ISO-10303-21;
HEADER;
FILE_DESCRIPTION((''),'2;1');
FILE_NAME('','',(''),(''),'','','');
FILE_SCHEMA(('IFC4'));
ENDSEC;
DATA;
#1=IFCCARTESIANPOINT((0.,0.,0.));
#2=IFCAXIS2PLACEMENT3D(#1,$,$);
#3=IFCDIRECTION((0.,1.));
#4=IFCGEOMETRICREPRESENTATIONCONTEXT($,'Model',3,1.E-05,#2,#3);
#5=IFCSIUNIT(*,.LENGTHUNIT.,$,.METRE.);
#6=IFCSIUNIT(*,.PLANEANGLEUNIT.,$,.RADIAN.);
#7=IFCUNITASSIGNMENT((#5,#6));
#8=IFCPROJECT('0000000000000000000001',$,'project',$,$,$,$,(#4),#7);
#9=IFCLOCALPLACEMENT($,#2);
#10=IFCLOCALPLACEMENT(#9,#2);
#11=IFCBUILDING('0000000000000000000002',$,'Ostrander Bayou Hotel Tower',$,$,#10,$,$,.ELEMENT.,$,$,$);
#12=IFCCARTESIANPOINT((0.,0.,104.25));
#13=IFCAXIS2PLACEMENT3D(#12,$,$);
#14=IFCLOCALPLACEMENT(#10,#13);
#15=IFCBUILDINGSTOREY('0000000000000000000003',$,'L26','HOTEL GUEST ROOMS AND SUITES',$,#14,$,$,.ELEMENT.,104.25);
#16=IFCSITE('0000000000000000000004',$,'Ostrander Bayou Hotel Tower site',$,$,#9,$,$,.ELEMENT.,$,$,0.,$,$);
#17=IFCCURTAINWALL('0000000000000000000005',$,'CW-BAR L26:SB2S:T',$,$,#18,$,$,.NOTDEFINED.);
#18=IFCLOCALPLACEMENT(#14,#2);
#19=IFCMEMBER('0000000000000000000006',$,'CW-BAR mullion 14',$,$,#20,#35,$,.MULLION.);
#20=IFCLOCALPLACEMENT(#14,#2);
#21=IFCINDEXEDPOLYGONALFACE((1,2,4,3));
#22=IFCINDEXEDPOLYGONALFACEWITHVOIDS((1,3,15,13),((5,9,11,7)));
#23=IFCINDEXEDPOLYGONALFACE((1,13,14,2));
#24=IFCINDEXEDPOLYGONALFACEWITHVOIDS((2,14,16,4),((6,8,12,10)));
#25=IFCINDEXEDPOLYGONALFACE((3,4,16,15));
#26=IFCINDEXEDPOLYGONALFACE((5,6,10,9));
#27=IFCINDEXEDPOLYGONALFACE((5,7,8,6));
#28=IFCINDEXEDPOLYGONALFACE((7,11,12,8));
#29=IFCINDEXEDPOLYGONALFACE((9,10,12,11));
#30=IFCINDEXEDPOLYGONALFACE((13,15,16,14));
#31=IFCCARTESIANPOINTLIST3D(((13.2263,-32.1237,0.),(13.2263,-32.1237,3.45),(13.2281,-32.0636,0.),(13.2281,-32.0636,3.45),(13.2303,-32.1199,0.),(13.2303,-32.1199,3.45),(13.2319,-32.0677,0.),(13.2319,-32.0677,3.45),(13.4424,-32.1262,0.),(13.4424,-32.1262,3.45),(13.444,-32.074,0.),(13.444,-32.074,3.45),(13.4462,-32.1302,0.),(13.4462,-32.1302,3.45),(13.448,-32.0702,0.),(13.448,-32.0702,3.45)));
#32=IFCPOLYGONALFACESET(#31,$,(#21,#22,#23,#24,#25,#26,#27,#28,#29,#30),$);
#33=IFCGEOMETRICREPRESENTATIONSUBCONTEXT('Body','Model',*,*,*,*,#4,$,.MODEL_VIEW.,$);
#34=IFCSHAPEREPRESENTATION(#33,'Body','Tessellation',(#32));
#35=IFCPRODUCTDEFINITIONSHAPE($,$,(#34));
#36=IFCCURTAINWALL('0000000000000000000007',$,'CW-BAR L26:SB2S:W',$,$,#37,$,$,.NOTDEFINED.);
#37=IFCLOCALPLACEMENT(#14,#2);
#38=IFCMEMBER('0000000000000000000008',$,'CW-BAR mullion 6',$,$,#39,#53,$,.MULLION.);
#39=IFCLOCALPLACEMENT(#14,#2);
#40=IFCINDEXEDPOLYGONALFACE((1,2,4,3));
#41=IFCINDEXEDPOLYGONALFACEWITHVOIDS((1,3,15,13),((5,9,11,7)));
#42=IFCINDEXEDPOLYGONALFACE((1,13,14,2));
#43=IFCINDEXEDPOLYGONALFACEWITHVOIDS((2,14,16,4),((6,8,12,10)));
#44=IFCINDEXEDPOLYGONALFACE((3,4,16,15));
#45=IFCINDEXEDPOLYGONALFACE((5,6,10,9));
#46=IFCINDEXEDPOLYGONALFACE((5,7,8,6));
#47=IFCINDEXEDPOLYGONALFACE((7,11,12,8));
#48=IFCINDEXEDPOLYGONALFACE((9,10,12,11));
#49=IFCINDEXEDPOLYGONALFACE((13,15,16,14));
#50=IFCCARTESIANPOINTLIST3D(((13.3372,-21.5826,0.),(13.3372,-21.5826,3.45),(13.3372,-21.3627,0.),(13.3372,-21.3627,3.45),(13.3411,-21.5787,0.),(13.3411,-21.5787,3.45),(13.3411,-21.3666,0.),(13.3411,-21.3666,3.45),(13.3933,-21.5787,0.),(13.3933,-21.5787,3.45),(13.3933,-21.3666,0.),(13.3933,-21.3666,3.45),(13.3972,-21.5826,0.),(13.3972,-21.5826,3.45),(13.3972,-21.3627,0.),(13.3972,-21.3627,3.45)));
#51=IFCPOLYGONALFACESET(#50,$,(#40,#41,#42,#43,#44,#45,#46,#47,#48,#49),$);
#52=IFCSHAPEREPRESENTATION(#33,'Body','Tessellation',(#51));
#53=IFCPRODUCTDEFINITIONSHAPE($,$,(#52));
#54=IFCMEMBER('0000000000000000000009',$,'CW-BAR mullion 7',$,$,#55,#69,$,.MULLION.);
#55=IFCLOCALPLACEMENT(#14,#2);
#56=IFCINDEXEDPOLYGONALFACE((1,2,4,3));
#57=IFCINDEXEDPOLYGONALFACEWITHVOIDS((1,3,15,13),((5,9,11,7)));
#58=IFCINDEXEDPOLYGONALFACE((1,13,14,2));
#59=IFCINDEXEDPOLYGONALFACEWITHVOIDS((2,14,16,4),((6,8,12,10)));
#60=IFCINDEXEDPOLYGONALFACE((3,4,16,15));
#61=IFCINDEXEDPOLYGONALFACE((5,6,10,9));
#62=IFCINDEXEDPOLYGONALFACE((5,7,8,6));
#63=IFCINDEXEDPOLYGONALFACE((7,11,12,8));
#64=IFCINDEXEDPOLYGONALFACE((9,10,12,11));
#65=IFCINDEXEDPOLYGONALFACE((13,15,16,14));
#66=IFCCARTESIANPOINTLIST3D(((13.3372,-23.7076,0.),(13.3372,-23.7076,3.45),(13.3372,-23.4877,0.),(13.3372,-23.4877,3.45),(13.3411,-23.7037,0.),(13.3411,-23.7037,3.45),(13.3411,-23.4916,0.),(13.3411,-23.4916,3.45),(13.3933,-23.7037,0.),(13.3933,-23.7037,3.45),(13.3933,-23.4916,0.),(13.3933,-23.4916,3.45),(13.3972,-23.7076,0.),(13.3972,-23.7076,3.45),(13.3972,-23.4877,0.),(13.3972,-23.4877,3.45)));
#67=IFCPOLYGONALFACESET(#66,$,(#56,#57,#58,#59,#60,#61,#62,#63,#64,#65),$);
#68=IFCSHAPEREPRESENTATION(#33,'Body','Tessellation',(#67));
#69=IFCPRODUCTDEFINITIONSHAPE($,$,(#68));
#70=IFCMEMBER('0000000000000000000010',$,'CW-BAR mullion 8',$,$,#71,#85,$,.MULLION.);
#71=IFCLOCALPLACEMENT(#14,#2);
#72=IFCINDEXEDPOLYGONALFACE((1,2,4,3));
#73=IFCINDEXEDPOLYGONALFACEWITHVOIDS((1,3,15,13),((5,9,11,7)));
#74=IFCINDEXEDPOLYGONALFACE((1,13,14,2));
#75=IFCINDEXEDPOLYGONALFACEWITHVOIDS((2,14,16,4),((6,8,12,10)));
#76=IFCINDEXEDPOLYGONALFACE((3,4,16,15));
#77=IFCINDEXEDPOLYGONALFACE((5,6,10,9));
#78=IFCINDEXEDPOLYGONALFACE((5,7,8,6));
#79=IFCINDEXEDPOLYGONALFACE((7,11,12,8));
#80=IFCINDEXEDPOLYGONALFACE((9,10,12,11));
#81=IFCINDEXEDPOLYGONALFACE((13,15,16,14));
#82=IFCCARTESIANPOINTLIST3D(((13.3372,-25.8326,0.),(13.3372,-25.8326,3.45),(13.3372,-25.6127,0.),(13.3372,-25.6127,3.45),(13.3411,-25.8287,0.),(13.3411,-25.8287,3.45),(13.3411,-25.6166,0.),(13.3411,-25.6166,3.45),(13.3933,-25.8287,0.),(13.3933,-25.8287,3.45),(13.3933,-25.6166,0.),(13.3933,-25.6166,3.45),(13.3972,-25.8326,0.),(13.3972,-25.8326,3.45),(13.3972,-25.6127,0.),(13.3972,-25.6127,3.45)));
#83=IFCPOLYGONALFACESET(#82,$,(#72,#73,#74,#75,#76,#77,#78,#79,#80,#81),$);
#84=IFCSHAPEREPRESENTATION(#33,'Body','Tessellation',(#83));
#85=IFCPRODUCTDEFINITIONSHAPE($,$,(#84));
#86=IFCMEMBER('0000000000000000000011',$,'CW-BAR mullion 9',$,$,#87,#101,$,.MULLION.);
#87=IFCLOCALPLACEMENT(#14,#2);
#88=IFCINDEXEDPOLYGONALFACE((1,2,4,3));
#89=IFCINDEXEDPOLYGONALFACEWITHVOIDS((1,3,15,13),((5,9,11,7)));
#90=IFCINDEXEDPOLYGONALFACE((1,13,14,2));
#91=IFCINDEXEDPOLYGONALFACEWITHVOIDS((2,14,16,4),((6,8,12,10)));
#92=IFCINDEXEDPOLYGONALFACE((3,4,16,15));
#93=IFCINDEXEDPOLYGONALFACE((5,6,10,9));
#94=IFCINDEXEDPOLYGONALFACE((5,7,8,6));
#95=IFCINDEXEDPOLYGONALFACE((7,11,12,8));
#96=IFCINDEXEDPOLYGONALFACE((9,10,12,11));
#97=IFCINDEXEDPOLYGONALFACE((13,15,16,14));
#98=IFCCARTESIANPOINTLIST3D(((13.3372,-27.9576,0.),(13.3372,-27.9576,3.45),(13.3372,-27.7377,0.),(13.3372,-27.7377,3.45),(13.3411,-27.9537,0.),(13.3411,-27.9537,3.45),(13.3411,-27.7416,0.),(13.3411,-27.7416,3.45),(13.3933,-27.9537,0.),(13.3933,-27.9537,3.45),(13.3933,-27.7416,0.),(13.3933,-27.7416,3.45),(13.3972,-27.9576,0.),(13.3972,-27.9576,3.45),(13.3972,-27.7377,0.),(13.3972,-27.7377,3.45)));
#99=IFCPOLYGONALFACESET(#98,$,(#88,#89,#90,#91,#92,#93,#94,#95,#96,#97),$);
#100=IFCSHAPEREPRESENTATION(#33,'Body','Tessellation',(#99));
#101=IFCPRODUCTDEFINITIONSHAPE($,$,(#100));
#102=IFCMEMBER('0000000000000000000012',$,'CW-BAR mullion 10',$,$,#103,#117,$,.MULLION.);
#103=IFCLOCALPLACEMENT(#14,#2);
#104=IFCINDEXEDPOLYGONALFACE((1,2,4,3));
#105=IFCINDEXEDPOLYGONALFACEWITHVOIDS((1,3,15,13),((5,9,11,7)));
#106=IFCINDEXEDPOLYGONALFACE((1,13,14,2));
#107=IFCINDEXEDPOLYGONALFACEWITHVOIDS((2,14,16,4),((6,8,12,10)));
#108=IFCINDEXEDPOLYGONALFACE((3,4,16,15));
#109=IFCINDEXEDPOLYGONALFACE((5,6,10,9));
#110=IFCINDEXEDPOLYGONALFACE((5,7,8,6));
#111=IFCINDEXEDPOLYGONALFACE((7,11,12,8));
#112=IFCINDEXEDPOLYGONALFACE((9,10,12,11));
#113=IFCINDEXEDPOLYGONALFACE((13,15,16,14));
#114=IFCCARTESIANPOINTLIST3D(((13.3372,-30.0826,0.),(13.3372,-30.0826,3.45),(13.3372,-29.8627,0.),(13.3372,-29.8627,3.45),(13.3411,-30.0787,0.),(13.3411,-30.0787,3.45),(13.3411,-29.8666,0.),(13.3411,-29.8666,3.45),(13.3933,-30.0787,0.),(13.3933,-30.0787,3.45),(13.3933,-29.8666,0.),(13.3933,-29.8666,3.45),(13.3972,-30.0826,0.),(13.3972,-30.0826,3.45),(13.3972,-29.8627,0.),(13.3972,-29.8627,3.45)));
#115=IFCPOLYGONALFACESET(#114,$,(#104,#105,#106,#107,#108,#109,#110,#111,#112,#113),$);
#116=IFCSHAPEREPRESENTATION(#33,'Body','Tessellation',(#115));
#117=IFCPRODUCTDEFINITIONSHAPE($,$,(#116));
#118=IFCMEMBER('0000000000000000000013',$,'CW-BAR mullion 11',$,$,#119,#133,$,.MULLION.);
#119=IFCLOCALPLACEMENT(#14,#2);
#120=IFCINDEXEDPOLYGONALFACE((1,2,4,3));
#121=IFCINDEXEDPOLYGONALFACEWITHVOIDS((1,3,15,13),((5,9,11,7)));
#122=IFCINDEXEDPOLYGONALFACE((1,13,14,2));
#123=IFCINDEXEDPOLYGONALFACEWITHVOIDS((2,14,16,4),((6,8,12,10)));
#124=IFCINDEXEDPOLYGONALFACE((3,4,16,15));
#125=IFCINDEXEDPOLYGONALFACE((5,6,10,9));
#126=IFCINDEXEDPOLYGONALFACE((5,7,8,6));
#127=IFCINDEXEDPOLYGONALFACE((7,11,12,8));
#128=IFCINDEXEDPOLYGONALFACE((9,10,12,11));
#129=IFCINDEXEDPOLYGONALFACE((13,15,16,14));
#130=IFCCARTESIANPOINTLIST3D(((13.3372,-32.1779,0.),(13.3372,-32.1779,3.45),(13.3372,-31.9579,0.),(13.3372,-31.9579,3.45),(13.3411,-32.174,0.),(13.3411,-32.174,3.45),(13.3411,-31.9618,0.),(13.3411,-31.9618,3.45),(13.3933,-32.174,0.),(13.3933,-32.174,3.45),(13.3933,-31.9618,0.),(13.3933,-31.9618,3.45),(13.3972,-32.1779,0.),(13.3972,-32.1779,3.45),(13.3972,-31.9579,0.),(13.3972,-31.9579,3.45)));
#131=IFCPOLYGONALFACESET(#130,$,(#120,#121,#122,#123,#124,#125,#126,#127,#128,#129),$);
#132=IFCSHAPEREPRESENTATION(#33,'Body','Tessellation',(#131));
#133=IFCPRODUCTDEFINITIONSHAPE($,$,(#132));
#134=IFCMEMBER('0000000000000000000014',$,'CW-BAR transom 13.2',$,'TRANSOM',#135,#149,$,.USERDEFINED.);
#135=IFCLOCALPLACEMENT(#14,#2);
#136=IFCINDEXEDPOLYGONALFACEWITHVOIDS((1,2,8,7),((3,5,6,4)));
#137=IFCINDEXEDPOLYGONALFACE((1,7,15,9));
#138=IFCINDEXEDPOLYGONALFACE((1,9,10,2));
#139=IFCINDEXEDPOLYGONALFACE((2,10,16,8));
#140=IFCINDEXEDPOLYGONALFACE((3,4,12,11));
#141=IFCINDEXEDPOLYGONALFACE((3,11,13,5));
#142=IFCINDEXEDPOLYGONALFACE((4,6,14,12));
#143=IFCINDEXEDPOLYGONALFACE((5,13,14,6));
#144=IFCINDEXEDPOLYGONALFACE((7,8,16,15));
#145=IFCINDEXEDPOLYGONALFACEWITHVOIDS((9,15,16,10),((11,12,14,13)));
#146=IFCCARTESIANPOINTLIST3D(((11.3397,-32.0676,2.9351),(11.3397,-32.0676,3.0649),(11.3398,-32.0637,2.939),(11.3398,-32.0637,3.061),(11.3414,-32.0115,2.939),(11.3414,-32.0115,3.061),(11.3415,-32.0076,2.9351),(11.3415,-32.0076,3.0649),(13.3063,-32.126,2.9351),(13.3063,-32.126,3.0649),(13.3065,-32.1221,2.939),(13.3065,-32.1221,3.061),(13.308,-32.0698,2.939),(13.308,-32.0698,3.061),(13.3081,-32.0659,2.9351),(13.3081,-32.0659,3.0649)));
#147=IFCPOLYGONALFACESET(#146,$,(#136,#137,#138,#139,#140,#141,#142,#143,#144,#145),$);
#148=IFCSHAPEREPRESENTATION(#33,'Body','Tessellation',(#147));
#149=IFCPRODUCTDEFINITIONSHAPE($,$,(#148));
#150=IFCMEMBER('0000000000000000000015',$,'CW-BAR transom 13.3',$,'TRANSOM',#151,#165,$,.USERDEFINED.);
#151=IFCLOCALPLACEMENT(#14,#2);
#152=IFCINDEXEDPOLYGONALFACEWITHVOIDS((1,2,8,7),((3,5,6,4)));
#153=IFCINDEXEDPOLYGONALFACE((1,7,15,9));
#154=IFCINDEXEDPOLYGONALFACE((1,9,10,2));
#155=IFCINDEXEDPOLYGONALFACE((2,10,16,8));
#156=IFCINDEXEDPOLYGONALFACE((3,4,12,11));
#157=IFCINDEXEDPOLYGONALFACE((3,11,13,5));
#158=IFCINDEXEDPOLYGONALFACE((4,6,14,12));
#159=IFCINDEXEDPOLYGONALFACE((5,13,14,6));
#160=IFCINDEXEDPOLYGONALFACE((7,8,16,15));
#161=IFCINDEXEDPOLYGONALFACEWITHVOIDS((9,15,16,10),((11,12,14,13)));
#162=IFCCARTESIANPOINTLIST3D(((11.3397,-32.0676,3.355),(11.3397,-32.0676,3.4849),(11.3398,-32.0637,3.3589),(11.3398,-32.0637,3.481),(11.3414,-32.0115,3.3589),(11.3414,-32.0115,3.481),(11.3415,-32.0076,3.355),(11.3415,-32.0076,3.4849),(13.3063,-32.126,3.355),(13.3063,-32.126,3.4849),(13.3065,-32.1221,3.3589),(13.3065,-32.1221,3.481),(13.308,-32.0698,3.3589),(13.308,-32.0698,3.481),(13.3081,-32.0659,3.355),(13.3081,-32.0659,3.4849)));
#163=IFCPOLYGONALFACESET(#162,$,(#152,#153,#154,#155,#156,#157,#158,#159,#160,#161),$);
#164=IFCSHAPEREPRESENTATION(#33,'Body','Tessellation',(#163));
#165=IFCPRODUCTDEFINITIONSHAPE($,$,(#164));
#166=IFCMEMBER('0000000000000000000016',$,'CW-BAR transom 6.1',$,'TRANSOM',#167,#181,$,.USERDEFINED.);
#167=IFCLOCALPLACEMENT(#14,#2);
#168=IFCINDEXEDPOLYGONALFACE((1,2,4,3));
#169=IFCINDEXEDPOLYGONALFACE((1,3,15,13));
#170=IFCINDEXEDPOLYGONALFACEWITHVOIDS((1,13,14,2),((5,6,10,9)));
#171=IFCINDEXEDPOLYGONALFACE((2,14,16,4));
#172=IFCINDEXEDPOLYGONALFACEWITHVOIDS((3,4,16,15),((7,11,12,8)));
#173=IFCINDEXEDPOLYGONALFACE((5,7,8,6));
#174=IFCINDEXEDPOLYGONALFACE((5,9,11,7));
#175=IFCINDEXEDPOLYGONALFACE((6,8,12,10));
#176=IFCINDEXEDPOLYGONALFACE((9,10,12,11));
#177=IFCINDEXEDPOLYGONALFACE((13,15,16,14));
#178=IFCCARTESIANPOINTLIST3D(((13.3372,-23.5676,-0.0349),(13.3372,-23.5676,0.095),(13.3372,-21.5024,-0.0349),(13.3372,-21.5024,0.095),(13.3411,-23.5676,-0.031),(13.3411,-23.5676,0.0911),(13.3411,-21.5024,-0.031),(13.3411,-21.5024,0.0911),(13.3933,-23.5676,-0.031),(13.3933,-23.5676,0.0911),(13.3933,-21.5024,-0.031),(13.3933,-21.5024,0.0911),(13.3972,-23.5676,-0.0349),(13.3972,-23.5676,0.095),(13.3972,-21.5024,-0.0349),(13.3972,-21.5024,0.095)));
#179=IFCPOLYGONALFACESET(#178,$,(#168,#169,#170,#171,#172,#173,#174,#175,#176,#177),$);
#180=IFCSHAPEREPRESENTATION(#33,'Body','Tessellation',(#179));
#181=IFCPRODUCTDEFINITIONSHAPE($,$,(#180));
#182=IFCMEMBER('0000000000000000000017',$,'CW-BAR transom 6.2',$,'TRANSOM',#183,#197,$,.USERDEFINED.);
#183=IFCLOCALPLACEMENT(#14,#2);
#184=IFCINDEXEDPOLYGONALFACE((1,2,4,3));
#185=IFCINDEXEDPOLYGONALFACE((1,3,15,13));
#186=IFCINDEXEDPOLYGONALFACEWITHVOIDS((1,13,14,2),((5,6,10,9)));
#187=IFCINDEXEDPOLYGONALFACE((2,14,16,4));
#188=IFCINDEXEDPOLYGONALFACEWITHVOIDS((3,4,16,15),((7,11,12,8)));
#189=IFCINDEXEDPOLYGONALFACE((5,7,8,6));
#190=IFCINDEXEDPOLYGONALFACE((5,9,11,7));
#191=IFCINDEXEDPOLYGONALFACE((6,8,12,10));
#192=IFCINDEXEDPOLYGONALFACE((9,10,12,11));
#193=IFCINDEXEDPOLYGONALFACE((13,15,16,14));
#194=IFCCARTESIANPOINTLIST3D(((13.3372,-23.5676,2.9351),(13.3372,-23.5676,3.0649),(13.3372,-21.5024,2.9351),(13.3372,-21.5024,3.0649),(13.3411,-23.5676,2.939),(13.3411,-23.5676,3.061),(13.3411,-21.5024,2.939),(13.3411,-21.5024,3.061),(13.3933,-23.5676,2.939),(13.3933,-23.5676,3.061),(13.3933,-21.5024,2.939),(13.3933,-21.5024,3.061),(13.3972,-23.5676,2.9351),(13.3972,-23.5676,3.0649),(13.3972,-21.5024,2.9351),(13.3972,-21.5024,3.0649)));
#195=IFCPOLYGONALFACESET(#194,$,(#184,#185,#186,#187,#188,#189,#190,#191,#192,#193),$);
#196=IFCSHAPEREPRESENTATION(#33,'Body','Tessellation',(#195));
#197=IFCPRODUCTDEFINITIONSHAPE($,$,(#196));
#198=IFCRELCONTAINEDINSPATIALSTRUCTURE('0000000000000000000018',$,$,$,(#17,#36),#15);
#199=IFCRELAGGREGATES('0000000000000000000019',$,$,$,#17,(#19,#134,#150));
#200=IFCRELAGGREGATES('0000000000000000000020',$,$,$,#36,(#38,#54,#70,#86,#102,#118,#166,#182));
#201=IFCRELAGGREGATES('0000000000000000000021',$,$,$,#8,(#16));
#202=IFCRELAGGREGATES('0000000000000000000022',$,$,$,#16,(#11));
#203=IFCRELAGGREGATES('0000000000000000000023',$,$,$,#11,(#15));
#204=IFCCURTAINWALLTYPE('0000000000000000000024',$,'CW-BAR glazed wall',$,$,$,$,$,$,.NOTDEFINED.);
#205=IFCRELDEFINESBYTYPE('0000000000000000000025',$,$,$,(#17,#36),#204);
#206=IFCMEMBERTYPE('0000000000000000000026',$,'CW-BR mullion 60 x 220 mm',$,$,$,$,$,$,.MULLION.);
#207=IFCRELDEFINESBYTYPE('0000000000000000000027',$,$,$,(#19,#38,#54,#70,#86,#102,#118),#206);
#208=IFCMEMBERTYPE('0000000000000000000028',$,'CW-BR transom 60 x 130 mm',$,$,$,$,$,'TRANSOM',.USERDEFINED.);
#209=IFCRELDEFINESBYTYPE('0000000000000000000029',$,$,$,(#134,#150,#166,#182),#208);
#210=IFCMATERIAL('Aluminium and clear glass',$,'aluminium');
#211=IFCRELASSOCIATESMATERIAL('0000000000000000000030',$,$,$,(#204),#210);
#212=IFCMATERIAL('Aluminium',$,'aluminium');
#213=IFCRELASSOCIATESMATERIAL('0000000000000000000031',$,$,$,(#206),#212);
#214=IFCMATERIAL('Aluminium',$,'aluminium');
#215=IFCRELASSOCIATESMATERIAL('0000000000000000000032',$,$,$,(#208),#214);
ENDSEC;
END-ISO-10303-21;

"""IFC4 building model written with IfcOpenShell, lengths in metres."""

from ifc_helpers import new_model, si_unit, direction, frame, origin, origin_2d, place, context, subcontext, project, spatial, hollow_rectangle, extrude, material, material_profile, profile_set, type_object, element, aggregate, save


model = new_model("IFC4")

# Units and contexts
model_context = context("Model", 3, precision=1e-05, world=origin(), true_north=direction((0.0, 1.0)))
body_context = subcontext(model_context, "Body", "Model", "MODEL_VIEW")
ifc_project = project(units=[si_unit("LENGTHUNIT", "METRE"), si_unit("PLANEANGLEUNIT", "RADIAN")], contexts=[model_context])

# Site, building, storey
site_placement = place(None, origin())
site = spatial("IfcSite", under=ifc_project, at=site_placement, Name="Ostrander Bayou Hotel Tower site", CompositionType="ELEMENT", RefElevation=0.0)
building_placement = place(site_placement, origin())
building = spatial("IfcBuilding", under=site, at=building_placement, Name="Ostrander Bayou Hotel Tower", CompositionType="ELEMENT")
storey_placement = place(building_placement, frame((0.0, 0.0, 104.25)))
storey = spatial("IfcBuildingStorey", under=building, at=storey_placement, Name="L26", Description="HOTEL GUEST ROOMS AND SUITES", CompositionType="ELEMENT", Elevation=104.25)

# Curtain wall, member
ifc_material_1 = material(Name="Aluminium and clear glass", Category="aluminium")
curtain_wall_type = type_object("IfcCurtainWallType", Name="CW-BAR glazed wall", PredefinedType="NOTDEFINED", material=ifc_material_1)
curtain_wall_1_placement = place(storey_placement, origin())
curtain_wall_1 = element("IfcCurtainWall", 1, at=curtain_wall_1_placement, inside=storey, type_object=curtain_wall_type, Name="CW-BAR L26:SB2S:T", PredefinedType="NOTDEFINED")
ifc_material_2 = material(Name="Aluminium", Category="aluminium")
ifc_material_profile_1 = material_profile(ifc_material_2, hollow_rectangle(XDim=0.0601, YDim=0.22, WallThickness=0.0039, at=origin_2d()))
ifc_profile_set_1 = profile_set([ifc_material_profile_1], Name="Aluminium")
member_type_1 = type_object("IfcMemberType", Name="CW-BR mullion 60 x 220 mm", PredefinedType="MULLION", material=ifc_profile_set_1)
member_1_placement = place(storey_placement, frame((13.3372, -32.0969, 0.0), z_axis=(0.0, 0.0, 1.0), x_axis=(0.029746, 0.999557, 0.0)))
member_1 = element("IfcMember", 2, at=member_1_placement, type_object=member_type_1, Name="CW-BAR mullion 14", PredefinedType="MULLION", context=body_context, shape_type="SweptSolid", body=[
    extrude(hollow_rectangle(XDim=0.0601, YDim=0.22, WallThickness=0.0039, at=origin_2d()), origin(), (0.0, 0.0, 1.0), 3.45),
])

# Curtain wall, members
curtain_wall_2_placement = place(storey_placement, origin())
curtain_wall_2 = element("IfcCurtainWall", 3, at=curtain_wall_2_placement, inside=storey, type_object=curtain_wall_type, Name="CW-BAR L26:SB2S:W", PredefinedType="NOTDEFINED")
member_2_placement = place(storey_placement, frame((13.3672, -21.4727, 0.0), z_axis=(0.0, 0.0, 1.0), x_axis=(1.0, 0.0, 0.0)))
member_2 = element("IfcMember", 4, at=member_2_placement, type_object=member_type_1, Name="CW-BAR mullion 6", PredefinedType="MULLION", context=body_context, shape_type="SweptSolid", body=[
    extrude(hollow_rectangle(XDim=0.0601, YDim=0.22, WallThickness=0.0039, at=origin_2d()), origin(), (0.0, 0.0, 1.0), 3.45),
])
member_3_placement = place(storey_placement, frame((13.3672, -23.5977, 0.0), z_axis=(0.0, 0.0, 1.0), x_axis=(1.0, 0.0, 0.0)))
member_3 = element("IfcMember", 5, at=member_3_placement, type_object=member_type_1, Name="CW-BAR mullion 7", PredefinedType="MULLION", context=body_context, shape_type="SweptSolid", body=[
    extrude(hollow_rectangle(XDim=0.0601, YDim=0.22, WallThickness=0.0039, at=origin_2d()), origin(), (0.0, 0.0, 1.0), 3.45),
])
member_4_placement = place(storey_placement, frame((13.3672, -25.7227, 0.0), z_axis=(0.0, 0.0, 1.0), x_axis=(1.0, 0.0, 0.0)))
member_4 = element("IfcMember", 6, at=member_4_placement, type_object=member_type_1, Name="CW-BAR mullion 8", PredefinedType="MULLION", context=body_context, shape_type="SweptSolid", body=[
    extrude(hollow_rectangle(XDim=0.0601, YDim=0.22, WallThickness=0.0039, at=origin_2d()), origin(), (0.0, 0.0, 1.0), 3.45),
])
member_5_placement = place(storey_placement, frame((13.3672, -27.8477, 0.0), z_axis=(0.0, 0.0, 1.0), x_axis=(1.0, 0.0, 0.0)))
member_5 = element("IfcMember", 7, at=member_5_placement, type_object=member_type_1, Name="CW-BAR mullion 9", PredefinedType="MULLION", context=body_context, shape_type="SweptSolid", body=[
    extrude(hollow_rectangle(XDim=0.0601, YDim=0.22, WallThickness=0.0039, at=origin_2d()), origin(), (0.0, 0.0, 1.0), 3.45),
])
member_6_placement = place(storey_placement, frame((13.3672, -29.9727, 0.0), z_axis=(0.0, 0.0, 1.0), x_axis=(1.0, 0.0, 0.0)))
member_6 = element("IfcMember", 8, at=member_6_placement, type_object=member_type_1, Name="CW-BAR mullion 10", PredefinedType="MULLION", context=body_context, shape_type="SweptSolid", body=[
    extrude(hollow_rectangle(XDim=0.0601, YDim=0.22, WallThickness=0.0039, at=origin_2d()), origin(), (0.0, 0.0, 1.0), 3.45),
])
member_7_placement = place(storey_placement, frame((13.3672, -32.0679, 0.0), z_axis=(0.0, 0.0, 1.0), x_axis=(1.0, 0.0, 0.0)))
member_7 = element("IfcMember", 9, at=member_7_placement, type_object=member_type_1, Name="CW-BAR mullion 11", PredefinedType="MULLION", context=body_context, shape_type="SweptSolid", body=[
    extrude(hollow_rectangle(XDim=0.0601, YDim=0.22, WallThickness=0.0039, at=origin_2d()), origin(), (0.0, 0.0, 1.0), 3.45),
])

# Members
ifc_material_3 = material(Name="Aluminium", Category="aluminium")
ifc_material_profile_2 = material_profile(ifc_material_3, hollow_rectangle(XDim=0.0601, YDim=0.1299, WallThickness=0.0039, at=origin_2d()))
ifc_profile_set_2 = profile_set([ifc_material_profile_2], Name="Aluminium")
member_type_2 = type_object("IfcMemberType", Name="CW-BR transom 60 x 130 mm", ElementType="TRANSOM", PredefinedType="USERDEFINED", material=ifc_profile_set_2)
member_8_placement = place(storey_placement, frame((11.3406, -32.0376, 3.0), z_axis=(0.99956, -0.029658, 0.0), x_axis=(0.029658, 0.99956, 0.0)))
member_8 = element("IfcMember", 10, at=member_8_placement, type_object=member_type_2, Name="CW-BAR transom 13.2", ObjectType="TRANSOM", PredefinedType="USERDEFINED", context=body_context, shape_type="SweptSolid", body=[
    extrude(hollow_rectangle(XDim=0.0601, YDim=0.1299, WallThickness=0.0039, at=origin_2d()), origin(), (0.0, 0.0, 1.0), 1.9675),
])
member_9_placement = place(storey_placement, frame((11.3406, -32.0376, 3.4199), z_axis=(0.99956, -0.029658, 0.0), x_axis=(0.029658, 0.99956, 0.0)))
member_9 = element("IfcMember", 11, at=member_9_placement, type_object=member_type_2, Name="CW-BAR transom 13.3", ObjectType="TRANSOM", PredefinedType="USERDEFINED", context=body_context, shape_type="SweptSolid", body=[
    extrude(hollow_rectangle(XDim=0.0601, YDim=0.1299, WallThickness=0.0039, at=origin_2d()), origin(), (0.0, 0.0, 1.0), 1.9675),
])
member_10_placement = place(storey_placement, frame((13.3672, -21.5024, 0.03), z_axis=(0.0, -1.0, 0.0), x_axis=(1.0, 0.0, 0.0)))
member_10 = element("IfcMember", 12, at=member_10_placement, type_object=member_type_2, Name="CW-BAR transom 6.1", ObjectType="TRANSOM", PredefinedType="USERDEFINED", context=body_context, shape_type="SweptSolid", body=[
    extrude(hollow_rectangle(XDim=0.0601, YDim=0.1299, WallThickness=0.0039, at=origin_2d()), origin(), (0.0, 0.0, 1.0), 2.0652),
])
member_11_placement = place(storey_placement, frame((13.3672, -21.5024, 3.0), z_axis=(0.0, -1.0, 0.0), x_axis=(1.0, 0.0, 0.0)))
member_11 = element("IfcMember", 13, at=member_11_placement, type_object=member_type_2, Name="CW-BAR transom 6.2", ObjectType="TRANSOM", PredefinedType="USERDEFINED", context=body_context, shape_type="SweptSolid", body=[
    extrude(hollow_rectangle(XDim=0.0601, YDim=0.1299, WallThickness=0.0039, at=origin_2d()), origin(), (0.0, 0.0, 1.0), 2.0652),
])

aggregate(curtain_wall_1, [member_1, member_8, member_9])
aggregate(curtain_wall_2, [member_2, member_3, member_4, member_5, member_6, member_7, member_10, member_11])

save(model, "model.ifc")
